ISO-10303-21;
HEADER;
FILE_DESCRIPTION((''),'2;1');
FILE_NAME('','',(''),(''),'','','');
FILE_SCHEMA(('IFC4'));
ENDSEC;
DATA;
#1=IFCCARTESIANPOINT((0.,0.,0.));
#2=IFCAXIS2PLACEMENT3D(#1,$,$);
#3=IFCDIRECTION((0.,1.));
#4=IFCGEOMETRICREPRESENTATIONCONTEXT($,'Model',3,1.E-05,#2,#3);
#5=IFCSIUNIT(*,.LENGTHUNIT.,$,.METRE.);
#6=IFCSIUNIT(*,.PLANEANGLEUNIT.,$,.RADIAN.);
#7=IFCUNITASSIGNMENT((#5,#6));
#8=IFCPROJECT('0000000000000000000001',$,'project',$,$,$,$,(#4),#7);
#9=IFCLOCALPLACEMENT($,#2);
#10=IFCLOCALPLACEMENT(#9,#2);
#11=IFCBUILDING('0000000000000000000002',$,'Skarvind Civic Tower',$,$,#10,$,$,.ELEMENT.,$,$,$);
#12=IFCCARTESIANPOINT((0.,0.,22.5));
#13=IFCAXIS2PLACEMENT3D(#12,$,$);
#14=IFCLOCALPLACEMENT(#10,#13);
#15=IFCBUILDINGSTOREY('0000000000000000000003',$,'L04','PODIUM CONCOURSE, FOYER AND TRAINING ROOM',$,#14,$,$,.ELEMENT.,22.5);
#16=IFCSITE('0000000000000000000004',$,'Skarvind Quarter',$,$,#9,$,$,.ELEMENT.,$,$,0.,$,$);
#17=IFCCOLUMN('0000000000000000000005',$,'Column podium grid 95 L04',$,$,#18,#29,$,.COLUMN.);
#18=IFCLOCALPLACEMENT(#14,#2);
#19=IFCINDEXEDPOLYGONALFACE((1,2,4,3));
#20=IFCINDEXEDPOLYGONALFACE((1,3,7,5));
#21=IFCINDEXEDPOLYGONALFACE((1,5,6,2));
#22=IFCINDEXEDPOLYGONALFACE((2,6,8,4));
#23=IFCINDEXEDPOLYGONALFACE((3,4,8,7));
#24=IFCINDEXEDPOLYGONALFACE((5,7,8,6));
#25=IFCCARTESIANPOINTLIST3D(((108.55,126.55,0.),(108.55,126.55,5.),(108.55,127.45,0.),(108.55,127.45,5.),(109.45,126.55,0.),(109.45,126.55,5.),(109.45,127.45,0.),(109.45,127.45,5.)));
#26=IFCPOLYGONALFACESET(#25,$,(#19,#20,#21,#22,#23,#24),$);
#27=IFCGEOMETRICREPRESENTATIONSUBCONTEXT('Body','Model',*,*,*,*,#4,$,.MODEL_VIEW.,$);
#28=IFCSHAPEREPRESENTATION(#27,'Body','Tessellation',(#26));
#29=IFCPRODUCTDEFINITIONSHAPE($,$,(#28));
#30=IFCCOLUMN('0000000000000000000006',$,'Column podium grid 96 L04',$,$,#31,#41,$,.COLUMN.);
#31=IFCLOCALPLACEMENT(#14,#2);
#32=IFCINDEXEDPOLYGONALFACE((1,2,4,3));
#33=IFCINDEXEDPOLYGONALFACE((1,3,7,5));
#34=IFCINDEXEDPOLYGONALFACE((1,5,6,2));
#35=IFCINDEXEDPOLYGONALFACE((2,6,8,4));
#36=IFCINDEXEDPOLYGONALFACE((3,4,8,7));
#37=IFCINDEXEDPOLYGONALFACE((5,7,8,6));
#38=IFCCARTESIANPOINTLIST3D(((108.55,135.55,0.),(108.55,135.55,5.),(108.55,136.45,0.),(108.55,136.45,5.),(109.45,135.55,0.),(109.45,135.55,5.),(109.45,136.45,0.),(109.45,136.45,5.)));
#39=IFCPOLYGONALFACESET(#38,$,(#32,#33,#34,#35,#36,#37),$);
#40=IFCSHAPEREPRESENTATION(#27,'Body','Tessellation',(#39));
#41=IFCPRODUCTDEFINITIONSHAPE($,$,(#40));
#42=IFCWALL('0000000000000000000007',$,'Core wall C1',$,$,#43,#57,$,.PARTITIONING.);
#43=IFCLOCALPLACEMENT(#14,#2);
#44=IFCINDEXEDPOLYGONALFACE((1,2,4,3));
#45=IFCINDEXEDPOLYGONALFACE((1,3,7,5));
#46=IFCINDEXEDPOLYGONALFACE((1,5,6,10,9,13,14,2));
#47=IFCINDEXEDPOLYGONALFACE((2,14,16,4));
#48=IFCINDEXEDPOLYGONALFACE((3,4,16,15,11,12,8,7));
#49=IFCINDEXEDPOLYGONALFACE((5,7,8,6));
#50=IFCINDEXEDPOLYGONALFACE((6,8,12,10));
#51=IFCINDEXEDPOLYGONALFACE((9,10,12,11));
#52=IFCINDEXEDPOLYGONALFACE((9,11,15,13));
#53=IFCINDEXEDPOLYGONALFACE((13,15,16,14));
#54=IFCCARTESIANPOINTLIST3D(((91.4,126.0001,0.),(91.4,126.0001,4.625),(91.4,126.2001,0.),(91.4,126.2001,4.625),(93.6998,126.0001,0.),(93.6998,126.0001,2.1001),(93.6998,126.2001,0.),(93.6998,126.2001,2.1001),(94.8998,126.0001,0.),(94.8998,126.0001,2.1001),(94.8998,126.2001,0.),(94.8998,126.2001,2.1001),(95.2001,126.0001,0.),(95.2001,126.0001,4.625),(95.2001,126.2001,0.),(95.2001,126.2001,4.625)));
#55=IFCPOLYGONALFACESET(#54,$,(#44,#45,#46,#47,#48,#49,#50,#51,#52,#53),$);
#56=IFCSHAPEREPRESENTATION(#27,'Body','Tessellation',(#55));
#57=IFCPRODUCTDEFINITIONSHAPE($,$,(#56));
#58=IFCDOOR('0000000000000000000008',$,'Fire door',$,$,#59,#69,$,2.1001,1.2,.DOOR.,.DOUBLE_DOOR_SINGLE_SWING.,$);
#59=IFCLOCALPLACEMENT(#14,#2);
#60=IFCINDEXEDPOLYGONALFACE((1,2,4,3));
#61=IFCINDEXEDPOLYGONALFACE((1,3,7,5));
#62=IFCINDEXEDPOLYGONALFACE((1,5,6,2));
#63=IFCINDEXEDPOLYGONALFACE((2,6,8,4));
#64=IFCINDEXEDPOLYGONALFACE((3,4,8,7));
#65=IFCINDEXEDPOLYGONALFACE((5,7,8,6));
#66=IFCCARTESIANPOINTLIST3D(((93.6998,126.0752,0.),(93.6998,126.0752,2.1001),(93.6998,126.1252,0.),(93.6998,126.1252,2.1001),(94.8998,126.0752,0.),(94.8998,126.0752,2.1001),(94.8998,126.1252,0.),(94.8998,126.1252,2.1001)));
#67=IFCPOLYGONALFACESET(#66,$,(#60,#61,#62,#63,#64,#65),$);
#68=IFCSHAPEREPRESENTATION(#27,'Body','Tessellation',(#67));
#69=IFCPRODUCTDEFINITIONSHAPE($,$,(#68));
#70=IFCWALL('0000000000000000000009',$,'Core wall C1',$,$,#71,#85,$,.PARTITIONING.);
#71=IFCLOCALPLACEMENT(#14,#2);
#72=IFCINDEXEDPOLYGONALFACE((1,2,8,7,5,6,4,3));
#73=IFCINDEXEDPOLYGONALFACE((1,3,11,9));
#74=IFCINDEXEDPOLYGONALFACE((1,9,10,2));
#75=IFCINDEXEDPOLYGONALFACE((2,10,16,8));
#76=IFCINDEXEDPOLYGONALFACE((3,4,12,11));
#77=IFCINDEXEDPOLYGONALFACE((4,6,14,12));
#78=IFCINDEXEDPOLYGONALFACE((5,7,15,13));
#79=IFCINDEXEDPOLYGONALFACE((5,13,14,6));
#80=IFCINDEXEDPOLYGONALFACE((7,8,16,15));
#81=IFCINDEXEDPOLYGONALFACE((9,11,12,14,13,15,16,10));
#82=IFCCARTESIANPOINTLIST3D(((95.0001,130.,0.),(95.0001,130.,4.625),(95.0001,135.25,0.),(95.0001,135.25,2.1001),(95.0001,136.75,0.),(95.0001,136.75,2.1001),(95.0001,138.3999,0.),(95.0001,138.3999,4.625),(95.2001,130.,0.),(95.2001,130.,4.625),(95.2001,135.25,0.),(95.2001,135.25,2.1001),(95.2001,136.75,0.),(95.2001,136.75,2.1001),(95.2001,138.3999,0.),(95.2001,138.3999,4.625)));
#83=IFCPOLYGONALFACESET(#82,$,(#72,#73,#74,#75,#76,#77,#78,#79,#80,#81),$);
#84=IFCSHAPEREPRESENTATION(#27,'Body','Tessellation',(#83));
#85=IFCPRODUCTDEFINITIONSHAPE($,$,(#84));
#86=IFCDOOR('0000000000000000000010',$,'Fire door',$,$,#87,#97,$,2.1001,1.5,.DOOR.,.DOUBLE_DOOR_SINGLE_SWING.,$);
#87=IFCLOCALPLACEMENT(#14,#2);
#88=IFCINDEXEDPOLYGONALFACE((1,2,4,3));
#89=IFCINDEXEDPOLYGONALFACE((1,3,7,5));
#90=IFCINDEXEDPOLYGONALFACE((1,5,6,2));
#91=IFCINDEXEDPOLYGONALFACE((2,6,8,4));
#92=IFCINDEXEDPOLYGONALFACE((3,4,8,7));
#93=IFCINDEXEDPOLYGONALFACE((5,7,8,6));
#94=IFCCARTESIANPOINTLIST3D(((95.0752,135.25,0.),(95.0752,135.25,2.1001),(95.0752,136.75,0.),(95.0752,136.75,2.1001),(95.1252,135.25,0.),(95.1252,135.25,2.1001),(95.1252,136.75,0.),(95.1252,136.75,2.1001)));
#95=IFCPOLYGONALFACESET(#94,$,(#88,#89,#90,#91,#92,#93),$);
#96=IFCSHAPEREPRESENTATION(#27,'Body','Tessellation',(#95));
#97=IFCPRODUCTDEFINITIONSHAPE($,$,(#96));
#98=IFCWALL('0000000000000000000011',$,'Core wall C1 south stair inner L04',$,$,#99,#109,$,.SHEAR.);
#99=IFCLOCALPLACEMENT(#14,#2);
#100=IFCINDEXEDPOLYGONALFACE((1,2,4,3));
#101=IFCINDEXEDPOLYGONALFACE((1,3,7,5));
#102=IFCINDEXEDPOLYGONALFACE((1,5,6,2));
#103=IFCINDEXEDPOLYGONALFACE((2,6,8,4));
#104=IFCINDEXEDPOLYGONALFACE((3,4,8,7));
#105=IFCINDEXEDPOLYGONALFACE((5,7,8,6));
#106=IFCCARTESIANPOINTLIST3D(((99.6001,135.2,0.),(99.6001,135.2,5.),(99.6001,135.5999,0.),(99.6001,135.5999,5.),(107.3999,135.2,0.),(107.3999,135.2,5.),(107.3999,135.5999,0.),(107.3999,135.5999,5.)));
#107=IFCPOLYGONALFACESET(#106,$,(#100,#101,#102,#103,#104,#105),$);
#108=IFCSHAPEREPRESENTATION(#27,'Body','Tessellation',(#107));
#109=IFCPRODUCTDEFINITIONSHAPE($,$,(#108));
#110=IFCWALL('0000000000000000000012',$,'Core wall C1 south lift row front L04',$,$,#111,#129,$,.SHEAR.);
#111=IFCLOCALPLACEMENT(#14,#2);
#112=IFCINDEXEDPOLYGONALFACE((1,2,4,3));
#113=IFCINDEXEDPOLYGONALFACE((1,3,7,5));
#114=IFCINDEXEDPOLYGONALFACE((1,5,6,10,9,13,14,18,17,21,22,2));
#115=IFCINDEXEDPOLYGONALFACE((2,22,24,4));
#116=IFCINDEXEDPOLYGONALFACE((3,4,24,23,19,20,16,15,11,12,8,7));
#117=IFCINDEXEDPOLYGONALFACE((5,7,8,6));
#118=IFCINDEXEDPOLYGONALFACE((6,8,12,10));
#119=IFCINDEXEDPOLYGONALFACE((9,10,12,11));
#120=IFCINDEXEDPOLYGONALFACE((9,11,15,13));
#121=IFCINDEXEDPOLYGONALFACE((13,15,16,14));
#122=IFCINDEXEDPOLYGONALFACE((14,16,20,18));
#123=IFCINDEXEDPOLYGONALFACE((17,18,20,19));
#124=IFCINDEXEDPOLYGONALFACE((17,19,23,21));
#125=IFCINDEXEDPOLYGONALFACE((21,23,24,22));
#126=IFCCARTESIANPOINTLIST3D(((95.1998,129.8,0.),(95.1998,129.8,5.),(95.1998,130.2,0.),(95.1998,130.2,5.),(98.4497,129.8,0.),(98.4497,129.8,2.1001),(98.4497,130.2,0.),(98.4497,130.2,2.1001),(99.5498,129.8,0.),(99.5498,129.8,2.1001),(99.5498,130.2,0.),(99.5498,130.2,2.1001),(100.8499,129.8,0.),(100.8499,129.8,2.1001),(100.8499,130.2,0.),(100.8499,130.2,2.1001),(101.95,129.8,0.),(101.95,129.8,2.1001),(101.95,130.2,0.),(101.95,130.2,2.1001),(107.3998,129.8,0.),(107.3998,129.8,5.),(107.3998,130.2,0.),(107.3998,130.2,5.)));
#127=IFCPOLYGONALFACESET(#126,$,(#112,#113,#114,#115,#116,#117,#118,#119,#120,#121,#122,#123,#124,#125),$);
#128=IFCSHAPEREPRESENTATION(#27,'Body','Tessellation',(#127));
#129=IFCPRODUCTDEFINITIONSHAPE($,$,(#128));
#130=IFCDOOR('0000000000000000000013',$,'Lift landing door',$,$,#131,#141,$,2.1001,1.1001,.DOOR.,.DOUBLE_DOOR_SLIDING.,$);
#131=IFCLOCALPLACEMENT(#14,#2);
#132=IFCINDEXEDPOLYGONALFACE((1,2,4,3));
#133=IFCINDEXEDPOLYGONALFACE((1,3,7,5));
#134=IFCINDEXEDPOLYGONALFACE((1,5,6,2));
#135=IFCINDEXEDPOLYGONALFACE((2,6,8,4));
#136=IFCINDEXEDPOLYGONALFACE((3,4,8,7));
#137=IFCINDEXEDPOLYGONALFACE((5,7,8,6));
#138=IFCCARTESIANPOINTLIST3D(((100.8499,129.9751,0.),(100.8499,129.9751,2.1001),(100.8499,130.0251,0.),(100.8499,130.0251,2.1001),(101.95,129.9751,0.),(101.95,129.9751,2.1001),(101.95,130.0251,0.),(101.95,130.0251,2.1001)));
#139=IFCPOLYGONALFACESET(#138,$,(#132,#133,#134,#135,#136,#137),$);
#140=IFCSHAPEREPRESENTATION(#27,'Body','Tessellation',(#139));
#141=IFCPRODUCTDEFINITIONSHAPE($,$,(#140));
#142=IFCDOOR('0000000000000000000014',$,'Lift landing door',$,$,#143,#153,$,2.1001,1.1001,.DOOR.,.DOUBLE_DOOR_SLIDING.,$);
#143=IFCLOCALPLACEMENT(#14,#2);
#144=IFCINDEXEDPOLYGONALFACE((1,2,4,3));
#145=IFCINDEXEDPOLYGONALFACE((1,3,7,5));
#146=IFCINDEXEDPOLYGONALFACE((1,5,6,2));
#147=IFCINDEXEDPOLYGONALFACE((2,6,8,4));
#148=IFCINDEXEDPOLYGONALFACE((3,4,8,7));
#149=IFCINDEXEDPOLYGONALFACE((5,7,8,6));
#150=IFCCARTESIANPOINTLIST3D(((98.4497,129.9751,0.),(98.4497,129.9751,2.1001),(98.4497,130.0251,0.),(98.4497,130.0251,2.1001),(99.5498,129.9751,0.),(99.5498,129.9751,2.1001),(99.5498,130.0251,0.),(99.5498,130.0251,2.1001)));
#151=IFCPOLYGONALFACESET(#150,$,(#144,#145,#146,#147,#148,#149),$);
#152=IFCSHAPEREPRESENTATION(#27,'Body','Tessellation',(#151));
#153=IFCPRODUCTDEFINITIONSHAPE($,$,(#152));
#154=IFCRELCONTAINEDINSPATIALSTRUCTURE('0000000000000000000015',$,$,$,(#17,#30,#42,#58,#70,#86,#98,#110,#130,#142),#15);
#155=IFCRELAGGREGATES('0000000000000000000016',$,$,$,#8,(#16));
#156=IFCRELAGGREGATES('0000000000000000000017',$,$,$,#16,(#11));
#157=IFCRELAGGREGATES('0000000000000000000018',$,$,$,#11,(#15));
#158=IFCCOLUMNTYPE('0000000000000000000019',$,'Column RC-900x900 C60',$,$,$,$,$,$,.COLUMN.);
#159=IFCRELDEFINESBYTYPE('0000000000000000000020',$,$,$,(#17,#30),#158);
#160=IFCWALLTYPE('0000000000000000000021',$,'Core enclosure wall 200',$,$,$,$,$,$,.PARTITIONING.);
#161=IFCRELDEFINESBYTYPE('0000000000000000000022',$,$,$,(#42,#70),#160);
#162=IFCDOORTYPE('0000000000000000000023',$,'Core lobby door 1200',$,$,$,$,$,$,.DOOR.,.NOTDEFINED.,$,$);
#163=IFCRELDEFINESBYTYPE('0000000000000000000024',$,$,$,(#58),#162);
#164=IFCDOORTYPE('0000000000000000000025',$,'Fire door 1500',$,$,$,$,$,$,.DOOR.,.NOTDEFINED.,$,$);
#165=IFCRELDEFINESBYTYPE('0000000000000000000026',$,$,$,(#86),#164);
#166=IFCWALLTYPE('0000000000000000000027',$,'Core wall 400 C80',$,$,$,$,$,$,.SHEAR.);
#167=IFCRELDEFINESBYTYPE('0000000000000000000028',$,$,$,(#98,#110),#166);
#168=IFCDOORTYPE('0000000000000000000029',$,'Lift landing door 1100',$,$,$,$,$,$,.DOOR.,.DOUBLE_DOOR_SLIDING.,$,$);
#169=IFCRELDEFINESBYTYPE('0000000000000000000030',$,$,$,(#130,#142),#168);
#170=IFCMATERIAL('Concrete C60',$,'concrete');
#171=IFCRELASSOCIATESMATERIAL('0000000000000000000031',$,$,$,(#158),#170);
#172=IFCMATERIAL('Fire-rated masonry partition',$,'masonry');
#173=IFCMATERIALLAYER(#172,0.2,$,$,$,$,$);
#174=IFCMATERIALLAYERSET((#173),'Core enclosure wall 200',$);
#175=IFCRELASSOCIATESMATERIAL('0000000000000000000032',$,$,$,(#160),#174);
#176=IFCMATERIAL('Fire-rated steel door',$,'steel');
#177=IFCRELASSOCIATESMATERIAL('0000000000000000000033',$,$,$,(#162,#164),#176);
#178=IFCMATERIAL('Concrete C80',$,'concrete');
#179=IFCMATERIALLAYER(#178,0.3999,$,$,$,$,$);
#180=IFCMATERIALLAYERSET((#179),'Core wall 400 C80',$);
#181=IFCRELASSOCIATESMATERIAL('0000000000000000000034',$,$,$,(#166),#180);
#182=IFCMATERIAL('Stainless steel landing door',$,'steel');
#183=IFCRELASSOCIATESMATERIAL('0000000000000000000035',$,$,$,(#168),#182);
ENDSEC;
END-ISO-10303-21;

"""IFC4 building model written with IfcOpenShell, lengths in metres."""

from ifc_helpers import new_model, si_unit, direction, frame, frame_2d, origin, origin_2d, place, context, subcontext, project, spatial, rectangle, extrude, material, layer, layer_set, material_profile, profile_set, type_object, element, fill, save


model = new_model("IFC4")

# Units and contexts
model_context = context("Model", 3, precision=1e-05, world=origin(), true_north=direction((0.0, 1.0)))
body_context = subcontext(model_context, "Body", "Model", "MODEL_VIEW")
ifc_project = project(units=[si_unit("LENGTHUNIT", "METRE"), si_unit("PLANEANGLEUNIT", "RADIAN")], contexts=[model_context])

# Site, building, storey
site_placement = place(None, origin())
site = spatial("IfcSite", under=ifc_project, at=site_placement, Name="Skarvind Quarter", CompositionType="ELEMENT", RefElevation=0.0)
building_placement = place(site_placement, origin())
building = spatial("IfcBuilding", under=site, at=building_placement, Name="Skarvind Civic Tower", CompositionType="ELEMENT")
storey_placement = place(building_placement, frame((0.0, 0.0, 22.5)))
storey = spatial("IfcBuildingStorey", under=building, at=storey_placement, Name="L04", Description="PODIUM CONCOURSE, FOYER AND TRAINING ROOM", CompositionType="ELEMENT", Elevation=22.5)

# Columns
ifc_material_1 = material(Name="Concrete C60", Category="concrete")
ifc_material_profile = material_profile(ifc_material_1, rectangle(XDim=0.8999, YDim=0.8999, at=origin_2d()), Name="RC-900x900")
ifc_profile_set = profile_set([ifc_material_profile], Name="Concrete C60")
column_type = type_object("IfcColumnType", Name="Column RC-900x900 C60", PredefinedType="COLUMN", material=ifc_profile_set)
for number, where, z_axis, x_axis, name in (
    (1, (109.0, 127.0, 0.0), (0.0, 0.0, 1.0), (1.0, 0.0, 0.0), "Column podium grid 95 L04"),
    (2, (109.0, 136.0, 0.0), (0.0, 0.0, 1.0), (1.0, 0.0, 0.0), "Column podium grid 96 L04"),
):
    element("IfcColumn", number, at=place(storey_placement, frame(where, z_axis=z_axis, x_axis=x_axis)), inside=storey, type_object=column_type, Name=name, PredefinedType="COLUMN", context=body_context, shape_type="SweptSolid", body=[
        extrude(rectangle(XDim=0.8999, YDim=0.8999, at=origin_2d()), origin(), (0.0, 0.0, 1.0), 5.0),
    ])

# Walls, openings, doors
ifc_material_2 = material(Name="Fire-rated masonry partition", Category="masonry")
ifc_layer_1 = layer(ifc_material_2, 0.2)
ifc_layer_set_1 = layer_set([ifc_layer_1], Name="Core enclosure wall 200")
wall_type_1 = type_object("IfcWallType", Name="Core enclosure wall 200", PredefinedType="PARTITIONING", material=ifc_layer_set_1)
wall_1_placement = place(storey_placement, frame((95.2, 126.1001, 0.0), z_axis=(0.0, 0.0, 1.0), x_axis=(-1.0, 0.0, 0.0)))
wall_1 = element("IfcWall", 3, at=wall_1_placement, inside=storey, type_object=wall_type_1, Name="Core wall C1", PredefinedType="PARTITIONING", context=body_context, shape_type="SweptSolid", body=[
    extrude(rectangle(XDim=3.8, YDim=0.2, at=frame_2d((1.8999, 0.0))), origin(), (0.0, 0.0, 1.0), 4.625),
])
opening_1_placement = place(wall_1_placement, frame((0.3, 0.0, 0.0)))
opening_1 = element("IfcOpeningElement", 4, at=opening_1_placement, cuts=wall_1, PredefinedType="OPENING", context=body_context, shape_type="SweptSolid", body=[
    extrude(rectangle(XDim=1.2, YDim=2.1001, at=frame_2d((0.6001, 1.05))), frame((0.0, 0.1099, 0.0), z_axis=(0.0, -1.0, 0.0), x_axis=(1.0, 0.0, 0.0)), (0.0, 0.0, 1.0), 0.22),
])
ifc_material_3 = material(Name="Fire-rated steel door", Category="steel")
door_type_1 = type_object("IfcDoorType", Name="Core lobby door 1200", OperationType="NOTDEFINED", PredefinedType="DOOR", material=ifc_material_3)
door_1_placement = place(opening_1_placement, origin())
door_1 = element("IfcDoor", 5, at=door_1_placement, inside=storey, type_object=door_type_1, Name="Fire door", OperationType="DOUBLE_DOOR_SINGLE_SWING", OverallHeight=2.1001, OverallWidth=1.2, PredefinedType="DOOR", context=body_context, shape_type="SweptSolid", body=[
    extrude(rectangle(XDim=1.2, YDim=2.1001, at=frame_2d((0.6001, 1.05))), frame((0.0, 0.0249, 0.0), z_axis=(0.0, -1.0, 0.0), x_axis=(1.0, 0.0, 0.0)), (0.0, 0.0, 1.0), 0.05),
])
fill(opening_1, door_1)
wall_2_placement = place(storey_placement, frame((95.1001, 130.0, 0.0), z_axis=(0.0, 0.0, 1.0), x_axis=(0.0, 1.0, 0.0)))
wall_2 = element("IfcWall", 6, at=wall_2_placement, inside=storey, type_object=wall_type_1, Name="Core wall C1", PredefinedType="PARTITIONING", context=body_context, shape_type="SweptSolid", body=[
    extrude(rectangle(XDim=8.3999, YDim=0.2, at=frame_2d((4.2, 0.0))), origin(), (0.0, 0.0, 1.0), 4.625),
])
opening_2_placement = place(wall_2_placement, frame((5.25, 0.0, 0.0)))
opening_2 = element("IfcOpeningElement", 7, at=opening_2_placement, cuts=wall_2, PredefinedType="OPENING", context=body_context, shape_type="SweptSolid", body=[
    extrude(rectangle(XDim=1.5, YDim=2.1001, at=frame_2d((0.75, 1.05))), frame((0.0, 0.1099, 0.0), z_axis=(0.0, -1.0, 0.0), x_axis=(1.0, 0.0, 0.0)), (0.0, 0.0, 1.0), 0.22),
])
door_type_2 = type_object("IfcDoorType", Name="Fire door 1500", OperationType="NOTDEFINED", PredefinedType="DOOR", material=ifc_material_3)
door_2_placement = place(opening_2_placement, origin())
door_2 = element("IfcDoor", 8, at=door_2_placement, inside=storey, type_object=door_type_2, Name="Fire door", OperationType="DOUBLE_DOOR_SINGLE_SWING", OverallHeight=2.1001, OverallWidth=1.5, PredefinedType="DOOR", context=body_context, shape_type="SweptSolid", body=[
    extrude(rectangle(XDim=1.5, YDim=2.1001, at=frame_2d((0.75, 1.05))), frame((0.0, 0.0249, 0.0), z_axis=(0.0, -1.0, 0.0), x_axis=(1.0, 0.0, 0.0)), (0.0, 0.0, 1.0), 0.05),
])
fill(opening_2, door_2)

# Wall
ifc_material_4 = material(Name="Concrete C80", Category="concrete")
ifc_layer_2 = layer(ifc_material_4, 0.3999)
ifc_layer_set_2 = layer_set([ifc_layer_2], Name="Core wall 400 C80")
wall_type_2 = type_object("IfcWallType", Name="Core wall 400 C80", PredefinedType="SHEAR", material=ifc_layer_set_2)
wall_3_placement = place(storey_placement, frame((107.3999, 135.3999, 0.0), z_axis=(0.0, 0.0, 1.0), x_axis=(-1.0, 0.0, 0.0)))
element("IfcWall", 9, at=wall_3_placement, inside=storey, type_object=wall_type_2, Name="Core wall C1 south stair inner L04", PredefinedType="SHEAR", context=body_context, shape_type="SweptSolid", body=[
    extrude(rectangle(XDim=7.7998, YDim=0.3999, at=frame_2d((3.8999, 0.0))), origin(), (0.0, 0.0, 1.0), 5.0),
])

# Wall, openings, doors
wall_4_placement = place(storey_placement, frame((107.3999, 130.0, 0.0), z_axis=(0.0, 0.0, 1.0), x_axis=(-1.0, 0.0, 0.0)))
wall_4 = element("IfcWall", 10, at=wall_4_placement, inside=storey, type_object=wall_type_2, Name="Core wall C1 south lift row front L04", PredefinedType="SHEAR", context=body_context, shape_type="SweptSolid", body=[
    extrude(rectangle(XDim=12.2, YDim=0.3999, at=frame_2d((6.1001, 0.0))), origin(), (0.0, 0.0, 1.0), 5.0),
])
opening_3_placement = place(wall_4_placement, frame((5.45, 0.0, 0.0)))
opening_3 = element("IfcOpeningElement", 11, at=opening_3_placement, cuts=wall_4, PredefinedType="OPENING", context=body_context, shape_type="SweptSolid", body=[
    extrude(rectangle(XDim=1.1001, YDim=2.1001, at=frame_2d((0.55, 1.05))), frame((0.0, 0.21, 0.0), z_axis=(0.0, -1.0, 0.0), x_axis=(1.0, 0.0, 0.0)), (0.0, 0.0, 1.0), 0.4199),
])
opening_4_placement = place(wall_4_placement, frame((7.8501, 0.0, 0.0)))
opening_4 = element("IfcOpeningElement", 12, at=opening_4_placement, cuts=wall_4, PredefinedType="OPENING", context=body_context, shape_type="SweptSolid", body=[
    extrude(rectangle(XDim=1.1001, YDim=2.1001, at=frame_2d((0.55, 1.05))), frame((0.0, 0.21, 0.0), z_axis=(0.0, -1.0, 0.0), x_axis=(1.0, 0.0, 0.0)), (0.0, 0.0, 1.0), 0.4199),
])
ifc_material_5 = material(Name="Stainless steel landing door", Category="steel")
door_type_3 = type_object("IfcDoorType", Name="Lift landing door 1100", OperationType="DOUBLE_DOOR_SLIDING", PredefinedType="DOOR", material=ifc_material_5)
door_3_placement = place(opening_3_placement, origin())
door_3 = element("IfcDoor", 13, at=door_3_placement, inside=storey, type_object=door_type_3, Name="Lift landing door", OperationType="DOUBLE_DOOR_SLIDING", OverallHeight=2.1001, OverallWidth=1.1001, PredefinedType="DOOR", context=body_context, shape_type="SweptSolid", body=[
    extrude(rectangle(XDim=1.1001, YDim=2.1001, at=frame_2d((0.55, 1.05))), frame((0.0, 0.0249, 0.0), z_axis=(0.0, -1.0, 0.0), x_axis=(1.0, 0.0, 0.0)), (0.0, 0.0, 1.0), 0.05),
])
fill(opening_3, door_3)
door_4_placement = place(opening_4_placement, origin())
door_4 = element("IfcDoor", 14, at=door_4_placement, inside=storey, type_object=door_type_3, Name="Lift landing door", OperationType="DOUBLE_DOOR_SLIDING", OverallHeight=2.1001, OverallWidth=1.1001, PredefinedType="DOOR", context=body_context, shape_type="SweptSolid", body=[
    extrude(rectangle(XDim=1.1001, YDim=2.1001, at=frame_2d((0.55, 1.05))), frame((0.0, 0.0249, 0.0), z_axis=(0.0, -1.0, 0.0), x_axis=(1.0, 0.0, 0.0)), (0.0, 0.0, 1.0), 0.05),
])
fill(opening_4, door_4)

save(model, "model.ifc")
